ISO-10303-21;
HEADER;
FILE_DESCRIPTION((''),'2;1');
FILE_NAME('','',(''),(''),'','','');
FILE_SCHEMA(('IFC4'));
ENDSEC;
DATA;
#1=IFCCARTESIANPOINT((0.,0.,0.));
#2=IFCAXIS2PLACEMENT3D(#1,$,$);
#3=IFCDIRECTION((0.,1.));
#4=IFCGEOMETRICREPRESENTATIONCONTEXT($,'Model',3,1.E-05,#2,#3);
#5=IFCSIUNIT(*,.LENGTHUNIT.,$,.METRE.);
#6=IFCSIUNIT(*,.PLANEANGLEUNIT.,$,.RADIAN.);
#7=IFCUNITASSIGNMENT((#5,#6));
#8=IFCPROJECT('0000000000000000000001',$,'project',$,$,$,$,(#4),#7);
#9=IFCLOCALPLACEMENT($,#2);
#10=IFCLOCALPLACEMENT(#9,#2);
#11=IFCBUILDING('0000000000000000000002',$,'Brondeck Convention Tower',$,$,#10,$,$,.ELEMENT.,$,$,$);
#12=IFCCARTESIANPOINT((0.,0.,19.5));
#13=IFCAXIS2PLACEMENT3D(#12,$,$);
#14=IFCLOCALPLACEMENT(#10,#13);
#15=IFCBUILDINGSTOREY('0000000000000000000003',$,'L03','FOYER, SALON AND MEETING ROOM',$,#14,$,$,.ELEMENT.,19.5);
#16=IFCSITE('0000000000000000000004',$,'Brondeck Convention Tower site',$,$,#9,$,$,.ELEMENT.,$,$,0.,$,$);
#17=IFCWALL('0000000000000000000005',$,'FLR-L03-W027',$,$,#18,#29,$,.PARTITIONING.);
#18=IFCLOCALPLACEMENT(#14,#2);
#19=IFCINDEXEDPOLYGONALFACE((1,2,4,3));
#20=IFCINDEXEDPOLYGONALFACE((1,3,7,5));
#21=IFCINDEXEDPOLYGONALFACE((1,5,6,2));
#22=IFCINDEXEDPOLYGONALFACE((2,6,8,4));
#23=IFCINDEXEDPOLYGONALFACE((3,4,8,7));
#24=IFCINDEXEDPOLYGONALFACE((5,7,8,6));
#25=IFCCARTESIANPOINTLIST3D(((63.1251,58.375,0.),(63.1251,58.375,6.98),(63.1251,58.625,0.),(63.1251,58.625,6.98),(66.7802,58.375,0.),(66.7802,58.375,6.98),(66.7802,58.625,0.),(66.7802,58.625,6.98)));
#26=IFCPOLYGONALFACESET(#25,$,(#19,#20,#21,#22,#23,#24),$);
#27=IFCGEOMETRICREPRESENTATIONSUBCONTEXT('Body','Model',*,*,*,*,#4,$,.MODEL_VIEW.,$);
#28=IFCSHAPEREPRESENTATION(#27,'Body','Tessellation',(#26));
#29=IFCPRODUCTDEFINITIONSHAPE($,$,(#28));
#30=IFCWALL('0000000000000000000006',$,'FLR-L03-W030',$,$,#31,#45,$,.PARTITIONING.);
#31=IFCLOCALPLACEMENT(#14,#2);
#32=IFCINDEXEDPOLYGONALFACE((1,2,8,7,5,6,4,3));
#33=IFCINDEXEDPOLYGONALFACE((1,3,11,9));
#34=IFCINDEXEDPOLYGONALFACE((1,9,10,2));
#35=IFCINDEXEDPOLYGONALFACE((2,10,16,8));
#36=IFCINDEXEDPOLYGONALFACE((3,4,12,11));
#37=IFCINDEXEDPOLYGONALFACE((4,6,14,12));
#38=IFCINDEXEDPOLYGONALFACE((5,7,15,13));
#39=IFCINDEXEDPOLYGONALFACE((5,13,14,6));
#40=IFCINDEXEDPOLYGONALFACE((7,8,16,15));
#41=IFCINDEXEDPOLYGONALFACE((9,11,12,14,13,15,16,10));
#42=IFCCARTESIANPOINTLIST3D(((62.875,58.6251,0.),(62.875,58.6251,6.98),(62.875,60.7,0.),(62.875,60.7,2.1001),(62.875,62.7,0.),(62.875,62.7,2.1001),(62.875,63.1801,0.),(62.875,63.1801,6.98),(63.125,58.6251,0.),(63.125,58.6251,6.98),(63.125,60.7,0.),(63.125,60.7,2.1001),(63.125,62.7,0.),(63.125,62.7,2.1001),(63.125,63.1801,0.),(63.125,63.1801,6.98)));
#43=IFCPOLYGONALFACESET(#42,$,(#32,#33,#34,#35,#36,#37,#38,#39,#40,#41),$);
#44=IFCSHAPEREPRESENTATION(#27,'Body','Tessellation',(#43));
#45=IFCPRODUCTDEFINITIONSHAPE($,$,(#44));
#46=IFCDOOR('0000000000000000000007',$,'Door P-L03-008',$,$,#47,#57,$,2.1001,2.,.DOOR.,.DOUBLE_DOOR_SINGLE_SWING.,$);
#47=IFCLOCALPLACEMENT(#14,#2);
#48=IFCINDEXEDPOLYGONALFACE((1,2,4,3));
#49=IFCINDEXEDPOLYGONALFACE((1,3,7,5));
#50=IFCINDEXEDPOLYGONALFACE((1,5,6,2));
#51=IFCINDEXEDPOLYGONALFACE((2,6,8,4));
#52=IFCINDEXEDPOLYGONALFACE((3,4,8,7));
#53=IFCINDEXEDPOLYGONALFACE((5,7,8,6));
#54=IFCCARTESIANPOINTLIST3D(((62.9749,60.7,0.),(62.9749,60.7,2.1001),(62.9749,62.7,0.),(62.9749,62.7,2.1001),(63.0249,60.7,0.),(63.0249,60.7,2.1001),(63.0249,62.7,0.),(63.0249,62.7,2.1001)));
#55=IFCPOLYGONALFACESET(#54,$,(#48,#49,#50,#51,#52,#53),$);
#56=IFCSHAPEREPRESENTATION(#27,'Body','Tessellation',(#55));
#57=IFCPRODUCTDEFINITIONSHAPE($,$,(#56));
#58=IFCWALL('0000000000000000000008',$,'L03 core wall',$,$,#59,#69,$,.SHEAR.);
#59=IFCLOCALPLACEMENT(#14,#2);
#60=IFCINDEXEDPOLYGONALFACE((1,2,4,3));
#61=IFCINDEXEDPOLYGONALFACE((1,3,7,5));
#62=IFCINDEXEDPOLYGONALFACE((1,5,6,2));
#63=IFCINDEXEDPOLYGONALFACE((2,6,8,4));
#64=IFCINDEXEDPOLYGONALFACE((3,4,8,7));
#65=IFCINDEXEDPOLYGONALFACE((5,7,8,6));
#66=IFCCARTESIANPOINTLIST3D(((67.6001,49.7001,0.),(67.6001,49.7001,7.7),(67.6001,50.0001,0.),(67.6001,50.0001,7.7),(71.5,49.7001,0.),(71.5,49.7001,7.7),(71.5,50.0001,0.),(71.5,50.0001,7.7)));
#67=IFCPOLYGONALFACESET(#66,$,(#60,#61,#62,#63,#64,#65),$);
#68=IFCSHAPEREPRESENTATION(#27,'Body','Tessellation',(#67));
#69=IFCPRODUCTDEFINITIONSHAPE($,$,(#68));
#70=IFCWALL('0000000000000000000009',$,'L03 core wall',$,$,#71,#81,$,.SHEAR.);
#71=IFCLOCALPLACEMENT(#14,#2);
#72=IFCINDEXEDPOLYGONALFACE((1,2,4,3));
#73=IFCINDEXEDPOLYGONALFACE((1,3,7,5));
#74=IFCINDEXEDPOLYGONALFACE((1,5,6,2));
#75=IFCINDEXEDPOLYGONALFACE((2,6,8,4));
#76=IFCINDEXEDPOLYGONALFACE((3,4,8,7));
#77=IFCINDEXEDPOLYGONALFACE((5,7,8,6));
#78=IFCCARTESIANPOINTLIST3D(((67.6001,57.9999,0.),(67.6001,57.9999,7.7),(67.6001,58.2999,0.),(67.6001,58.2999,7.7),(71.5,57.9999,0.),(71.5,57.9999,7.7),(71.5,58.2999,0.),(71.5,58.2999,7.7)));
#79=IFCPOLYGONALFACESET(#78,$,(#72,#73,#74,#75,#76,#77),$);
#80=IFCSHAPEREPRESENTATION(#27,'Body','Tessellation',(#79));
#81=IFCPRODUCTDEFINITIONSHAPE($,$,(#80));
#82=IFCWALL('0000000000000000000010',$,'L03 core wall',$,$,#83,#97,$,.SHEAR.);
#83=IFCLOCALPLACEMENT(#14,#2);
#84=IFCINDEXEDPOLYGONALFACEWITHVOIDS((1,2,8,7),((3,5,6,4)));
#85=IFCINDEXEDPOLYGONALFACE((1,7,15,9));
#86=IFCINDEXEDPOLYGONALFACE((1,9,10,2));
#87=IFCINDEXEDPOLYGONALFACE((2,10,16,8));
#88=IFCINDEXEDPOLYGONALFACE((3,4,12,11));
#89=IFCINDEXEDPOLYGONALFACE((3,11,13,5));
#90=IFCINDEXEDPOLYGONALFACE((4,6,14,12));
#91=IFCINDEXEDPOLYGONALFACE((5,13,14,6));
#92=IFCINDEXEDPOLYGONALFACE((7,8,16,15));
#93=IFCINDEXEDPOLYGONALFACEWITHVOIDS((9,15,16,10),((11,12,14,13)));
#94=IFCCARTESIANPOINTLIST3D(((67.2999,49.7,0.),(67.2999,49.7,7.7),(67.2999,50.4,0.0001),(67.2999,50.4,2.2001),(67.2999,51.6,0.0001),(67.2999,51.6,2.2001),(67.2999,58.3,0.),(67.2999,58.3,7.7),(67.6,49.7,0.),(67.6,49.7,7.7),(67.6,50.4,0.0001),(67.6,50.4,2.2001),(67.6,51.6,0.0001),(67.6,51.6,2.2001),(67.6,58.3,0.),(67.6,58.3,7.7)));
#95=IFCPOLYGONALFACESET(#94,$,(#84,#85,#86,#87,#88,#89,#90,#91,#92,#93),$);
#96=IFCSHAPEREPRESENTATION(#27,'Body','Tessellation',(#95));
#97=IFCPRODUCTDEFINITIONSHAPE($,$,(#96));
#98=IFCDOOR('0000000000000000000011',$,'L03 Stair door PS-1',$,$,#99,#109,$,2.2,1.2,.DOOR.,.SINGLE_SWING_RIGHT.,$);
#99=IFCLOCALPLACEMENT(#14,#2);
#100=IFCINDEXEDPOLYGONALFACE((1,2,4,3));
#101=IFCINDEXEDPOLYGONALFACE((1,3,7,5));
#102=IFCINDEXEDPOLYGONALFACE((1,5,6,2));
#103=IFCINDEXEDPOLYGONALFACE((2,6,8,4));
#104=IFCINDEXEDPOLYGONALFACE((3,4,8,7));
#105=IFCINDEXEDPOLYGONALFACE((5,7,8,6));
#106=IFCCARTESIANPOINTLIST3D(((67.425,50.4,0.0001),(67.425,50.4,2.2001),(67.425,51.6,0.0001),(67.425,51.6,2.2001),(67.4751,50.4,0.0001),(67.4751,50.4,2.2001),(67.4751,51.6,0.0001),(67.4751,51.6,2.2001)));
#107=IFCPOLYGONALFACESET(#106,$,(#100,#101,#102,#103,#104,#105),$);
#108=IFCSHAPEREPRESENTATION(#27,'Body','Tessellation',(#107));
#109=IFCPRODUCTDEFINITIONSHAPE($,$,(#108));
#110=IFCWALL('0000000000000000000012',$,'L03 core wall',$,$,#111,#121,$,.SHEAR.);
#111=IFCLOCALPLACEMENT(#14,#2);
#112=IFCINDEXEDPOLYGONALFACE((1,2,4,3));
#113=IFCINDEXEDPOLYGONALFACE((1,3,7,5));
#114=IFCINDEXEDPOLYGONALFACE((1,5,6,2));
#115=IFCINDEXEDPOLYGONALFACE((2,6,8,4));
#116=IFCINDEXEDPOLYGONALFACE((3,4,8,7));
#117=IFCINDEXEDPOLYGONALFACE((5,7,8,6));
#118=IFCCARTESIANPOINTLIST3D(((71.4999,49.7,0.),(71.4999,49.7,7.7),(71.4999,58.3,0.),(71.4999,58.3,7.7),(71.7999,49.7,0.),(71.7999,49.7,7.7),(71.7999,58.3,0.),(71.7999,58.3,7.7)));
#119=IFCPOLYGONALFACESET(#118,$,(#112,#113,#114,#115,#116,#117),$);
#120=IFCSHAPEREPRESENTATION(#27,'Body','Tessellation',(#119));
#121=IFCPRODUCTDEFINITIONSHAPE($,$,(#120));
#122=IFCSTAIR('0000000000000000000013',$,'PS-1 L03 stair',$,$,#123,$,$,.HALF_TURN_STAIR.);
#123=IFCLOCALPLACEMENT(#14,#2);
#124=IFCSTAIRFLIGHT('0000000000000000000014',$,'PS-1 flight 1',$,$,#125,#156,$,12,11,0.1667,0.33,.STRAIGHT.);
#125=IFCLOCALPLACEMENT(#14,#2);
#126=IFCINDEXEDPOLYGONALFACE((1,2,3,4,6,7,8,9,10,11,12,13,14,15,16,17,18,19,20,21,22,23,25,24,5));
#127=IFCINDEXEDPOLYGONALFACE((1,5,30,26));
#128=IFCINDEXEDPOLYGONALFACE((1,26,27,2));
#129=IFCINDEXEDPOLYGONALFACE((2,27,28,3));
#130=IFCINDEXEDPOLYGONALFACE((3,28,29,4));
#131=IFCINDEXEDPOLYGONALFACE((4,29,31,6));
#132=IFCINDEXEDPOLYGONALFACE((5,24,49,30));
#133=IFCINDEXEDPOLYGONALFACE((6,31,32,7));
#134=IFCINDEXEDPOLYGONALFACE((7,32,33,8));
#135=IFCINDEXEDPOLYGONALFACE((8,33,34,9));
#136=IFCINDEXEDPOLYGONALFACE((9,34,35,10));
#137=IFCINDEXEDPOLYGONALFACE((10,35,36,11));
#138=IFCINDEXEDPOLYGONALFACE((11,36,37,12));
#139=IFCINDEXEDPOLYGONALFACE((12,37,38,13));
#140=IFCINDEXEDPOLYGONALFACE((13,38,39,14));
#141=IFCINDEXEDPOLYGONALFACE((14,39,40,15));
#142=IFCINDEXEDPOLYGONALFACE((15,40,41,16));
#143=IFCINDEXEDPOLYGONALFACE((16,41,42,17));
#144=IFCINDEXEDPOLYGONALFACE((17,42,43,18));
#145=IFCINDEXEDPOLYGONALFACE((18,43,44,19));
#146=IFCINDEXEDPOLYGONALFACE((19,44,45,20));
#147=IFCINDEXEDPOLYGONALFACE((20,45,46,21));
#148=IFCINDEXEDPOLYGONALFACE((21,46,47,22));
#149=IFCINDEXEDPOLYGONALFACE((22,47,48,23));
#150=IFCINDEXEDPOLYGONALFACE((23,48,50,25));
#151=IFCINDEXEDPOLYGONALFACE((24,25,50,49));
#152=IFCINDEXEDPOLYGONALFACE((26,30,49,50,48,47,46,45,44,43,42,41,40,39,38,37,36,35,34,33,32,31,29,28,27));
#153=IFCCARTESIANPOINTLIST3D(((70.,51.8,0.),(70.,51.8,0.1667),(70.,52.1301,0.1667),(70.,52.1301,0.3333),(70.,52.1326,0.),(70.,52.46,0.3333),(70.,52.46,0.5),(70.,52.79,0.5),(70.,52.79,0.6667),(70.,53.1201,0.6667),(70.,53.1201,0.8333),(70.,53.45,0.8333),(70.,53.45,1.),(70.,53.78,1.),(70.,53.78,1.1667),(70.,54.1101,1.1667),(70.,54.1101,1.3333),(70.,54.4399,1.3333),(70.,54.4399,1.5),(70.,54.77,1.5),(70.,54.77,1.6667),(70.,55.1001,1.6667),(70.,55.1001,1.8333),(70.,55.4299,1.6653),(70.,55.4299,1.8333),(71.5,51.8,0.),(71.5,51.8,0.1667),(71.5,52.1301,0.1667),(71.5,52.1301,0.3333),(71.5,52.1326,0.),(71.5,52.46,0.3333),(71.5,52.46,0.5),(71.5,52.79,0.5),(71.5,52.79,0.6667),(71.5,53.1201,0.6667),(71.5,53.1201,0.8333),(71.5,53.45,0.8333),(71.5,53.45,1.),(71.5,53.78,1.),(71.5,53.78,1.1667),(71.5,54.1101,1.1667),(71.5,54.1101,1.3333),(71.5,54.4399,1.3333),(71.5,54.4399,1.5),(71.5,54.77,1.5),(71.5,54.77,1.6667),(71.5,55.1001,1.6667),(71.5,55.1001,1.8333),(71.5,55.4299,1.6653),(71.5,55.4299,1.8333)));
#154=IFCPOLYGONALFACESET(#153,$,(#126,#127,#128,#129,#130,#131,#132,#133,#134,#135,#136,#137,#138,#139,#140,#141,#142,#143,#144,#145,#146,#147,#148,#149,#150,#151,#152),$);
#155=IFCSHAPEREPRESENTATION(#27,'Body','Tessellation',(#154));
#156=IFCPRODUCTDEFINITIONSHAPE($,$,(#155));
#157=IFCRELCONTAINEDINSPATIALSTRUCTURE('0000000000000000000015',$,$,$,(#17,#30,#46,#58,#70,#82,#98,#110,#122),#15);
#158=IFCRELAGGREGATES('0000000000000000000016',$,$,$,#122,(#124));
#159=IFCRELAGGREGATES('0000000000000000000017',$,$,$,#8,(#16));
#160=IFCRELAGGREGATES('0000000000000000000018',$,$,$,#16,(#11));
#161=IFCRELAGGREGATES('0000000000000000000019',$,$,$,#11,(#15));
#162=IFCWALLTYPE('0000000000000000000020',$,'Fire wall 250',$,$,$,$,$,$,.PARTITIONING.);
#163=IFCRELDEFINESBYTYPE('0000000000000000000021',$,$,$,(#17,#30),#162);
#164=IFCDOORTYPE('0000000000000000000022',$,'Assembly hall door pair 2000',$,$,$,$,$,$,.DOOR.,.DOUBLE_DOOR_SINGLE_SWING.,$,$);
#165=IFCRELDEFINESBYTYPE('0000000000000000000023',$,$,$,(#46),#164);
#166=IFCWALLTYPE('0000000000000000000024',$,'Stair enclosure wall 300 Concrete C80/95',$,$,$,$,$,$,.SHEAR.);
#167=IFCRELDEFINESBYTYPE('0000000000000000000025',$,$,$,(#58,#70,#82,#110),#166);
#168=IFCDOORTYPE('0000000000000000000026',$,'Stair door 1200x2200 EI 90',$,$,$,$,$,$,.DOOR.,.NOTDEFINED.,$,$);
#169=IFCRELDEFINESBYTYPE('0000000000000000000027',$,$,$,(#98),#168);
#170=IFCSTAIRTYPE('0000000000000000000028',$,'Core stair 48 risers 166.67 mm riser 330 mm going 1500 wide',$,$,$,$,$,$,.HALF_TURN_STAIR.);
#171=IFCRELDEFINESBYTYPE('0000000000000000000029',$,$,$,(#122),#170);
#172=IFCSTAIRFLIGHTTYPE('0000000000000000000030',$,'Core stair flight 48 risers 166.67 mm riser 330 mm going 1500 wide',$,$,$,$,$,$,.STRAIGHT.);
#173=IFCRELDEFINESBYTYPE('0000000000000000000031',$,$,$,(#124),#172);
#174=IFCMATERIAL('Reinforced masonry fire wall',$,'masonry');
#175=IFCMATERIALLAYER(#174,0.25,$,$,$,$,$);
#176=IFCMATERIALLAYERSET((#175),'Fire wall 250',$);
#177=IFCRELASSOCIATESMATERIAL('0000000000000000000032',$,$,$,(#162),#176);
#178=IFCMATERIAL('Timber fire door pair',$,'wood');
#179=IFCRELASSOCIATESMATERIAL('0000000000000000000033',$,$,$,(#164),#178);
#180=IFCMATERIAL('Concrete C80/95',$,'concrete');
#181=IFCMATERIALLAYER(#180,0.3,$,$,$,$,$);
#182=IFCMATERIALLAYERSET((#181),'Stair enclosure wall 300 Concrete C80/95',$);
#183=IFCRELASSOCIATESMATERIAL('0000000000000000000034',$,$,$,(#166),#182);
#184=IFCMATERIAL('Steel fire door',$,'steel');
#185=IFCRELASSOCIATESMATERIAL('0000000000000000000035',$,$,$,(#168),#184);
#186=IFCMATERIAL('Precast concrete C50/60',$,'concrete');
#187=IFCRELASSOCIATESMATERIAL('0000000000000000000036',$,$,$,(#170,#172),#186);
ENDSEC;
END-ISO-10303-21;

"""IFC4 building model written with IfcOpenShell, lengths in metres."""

from ifc_helpers import new_model, si_unit, direction, frame, frame_2d, origin, place, context, subcontext, project, spatial, polyline, rectangle, outline, extrude, material, layer, layer_set, type_object, element, fill, aggregate, save


model = new_model("IFC4")

# Units and contexts
model_context = context("Model", 3, precision=1e-05, world=origin(), true_north=direction((0.0, 1.0)))
body_context = subcontext(model_context, "Body", "Model", "MODEL_VIEW")
ifc_project = project(units=[si_unit("LENGTHUNIT", "METRE"), si_unit("PLANEANGLEUNIT", "RADIAN")], contexts=[model_context])

# Site, building, storey
site_placement = place(None, origin())
site = spatial("IfcSite", under=ifc_project, at=site_placement, Name="Brondeck Convention Tower site", CompositionType="ELEMENT", RefElevation=0.0)
building_placement = place(site_placement, origin())
building = spatial("IfcBuilding", under=site, at=building_placement, Name="Brondeck Convention Tower", CompositionType="ELEMENT")
storey_placement = place(building_placement, frame((0.0, 0.0, 19.5)))
storey = spatial("IfcBuildingStorey", under=building, at=storey_placement, Name="L03", Description="FOYER, SALON AND MEETING ROOM", CompositionType="ELEMENT", Elevation=19.5)

# Shared definitions
ifc_material_1 = material(Name="Concrete C80/95", Category="concrete")

# Shared definitions
ifc_material_2 = material(Name="Reinforced masonry fire wall", Category="masonry")
ifc_layer_1 = layer(ifc_material_2, 0.25)
ifc_layer_set_1 = layer_set([ifc_layer_1], Name="Fire wall 250")
wall_type_1 = type_object("IfcWallType", Name="Fire wall 250", PredefinedType="PARTITIONING", material=ifc_layer_set_1)
ifc_material_3 = material(Name="Timber fire door pair", Category="wood")
door_type_1 = type_object("IfcDoorType", Name="Assembly hall door pair 2000", OperationType="DOUBLE_DOOR_SINGLE_SWING", PredefinedType="DOOR", material=ifc_material_3)

# Wall
wall_1_placement = place(storey_placement, frame((63.125, 58.5, 0.0), z_axis=(0.0, 0.0, 1.0), x_axis=(1.0, 0.0, 0.0)))
element("IfcWall", 1, at=wall_1_placement, inside=storey, type_object=wall_type_1, Name="FLR-L03-W027", PredefinedType="PARTITIONING", context=body_context, shape_type="SweptSolid", body=[
    extrude(rectangle(XDim=3.655, YDim=0.25, at=frame_2d((1.8276, 0.0))), origin(), (0.0, 0.0, 1.0), 6.98),
])

# Wall, opening, door
wall_2_placement = place(storey_placement, frame((63.0, 63.1799, 0.0), z_axis=(0.0, 0.0, 1.0), x_axis=(0.0, -1.0, 0.0)))
wall_2 = element("IfcWall", 2, at=wall_2_placement, inside=storey, type_object=wall_type_1, Name="FLR-L03-W030", PredefinedType="PARTITIONING", context=body_context, shape_type="SweptSolid", body=[
    extrude(rectangle(XDim=4.5549, YDim=0.25, at=frame_2d((2.2773, 0.0))), origin(), (0.0, 0.0, 1.0), 6.98),
])
opening_1_placement = place(wall_2_placement, frame((0.48, 0.0, 0.0)))
opening_1 = element("IfcOpeningElement", 3, at=opening_1_placement, cuts=wall_2, PredefinedType="OPENING", context=body_context, shape_type="SweptSolid", body=[
    extrude(rectangle(XDim=2.0, YDim=2.1001, at=frame_2d((1.0, 1.05))), frame((0.0, 0.135, 0.0), z_axis=(0.0, -1.0, 0.0), x_axis=(1.0, 0.0, 0.0)), (0.0, 0.0, 1.0), 0.27),
])
door_1_placement = place(opening_1_placement, origin())
door_1 = element("IfcDoor", 4, at=door_1_placement, inside=storey, type_object=door_type_1, Name="Door P-L03-008", OperationType="DOUBLE_DOOR_SINGLE_SWING", OverallHeight=2.1001, OverallWidth=2.0, PredefinedType="DOOR", context=body_context, shape_type="SweptSolid", body=[
    extrude(rectangle(XDim=2.0, YDim=2.1001, at=frame_2d((1.0, 1.05))), frame((0.0, 0.0249, 0.0), z_axis=(0.0, -1.0, 0.0), x_axis=(1.0, 0.0, 0.0)), (0.0, 0.0, 1.0), 0.05),
])
fill(opening_1, door_1)

# Walls
ifc_layer_2 = layer(ifc_material_1, 0.3)
ifc_layer_set_2 = layer_set([ifc_layer_2], Name="Stair enclosure wall 300 Concrete C80/95")
wall_type_2 = type_object("IfcWallType", Name="Stair enclosure wall 300 Concrete C80/95", PredefinedType="SHEAR", material=ifc_layer_set_2)
for number, where, z_axis, x_axis, name in (
    (5, (67.6001, 49.8501, 0.0), (0.0, 0.0, 1.0), (1.0, 0.0, 0.0), "L03 core wall"),
    (6, (67.6001, 58.1499, 0.0), (0.0, 0.0, 1.0), (1.0, 0.0, 0.0), "L03 core wall"),
):
    element("IfcWall", number, at=place(storey_placement, frame(where, z_axis=z_axis, x_axis=x_axis)), inside=storey, type_object=wall_type_2, Name=name, PredefinedType="SHEAR", context=body_context, shape_type="SweptSolid", body=[
        extrude(rectangle(XDim=3.8999, YDim=0.3, at=frame_2d((1.95, 0.0))), origin(), (0.0, 0.0, 1.0), 7.7),
    ])

# Wall, opening, door
wall_3_placement = place(storey_placement, frame((67.45, 49.7, 0.0), z_axis=(0.0, 0.0, 1.0), x_axis=(0.0, 1.0, 0.0)))
wall_3 = element("IfcWall", 7, at=wall_3_placement, inside=storey, type_object=wall_type_2, Name="L03 core wall", PredefinedType="SHEAR", context=body_context, shape_type="SweptSolid", body=[
    extrude(rectangle(XDim=8.6001, YDim=0.3, at=frame_2d((4.3, 0.0))), origin(), (0.0, 0.0, 1.0), 7.7),
])
opening_2_placement = place(wall_3_placement, frame((0.7, 0.0, 0.0)))
opening_2 = element("IfcOpeningElement", 8, at=opening_2_placement, cuts=wall_3, PredefinedType="OPENING", context=body_context, shape_type="SweptSolid", body=[
    extrude(rectangle(XDim=1.2, YDim=2.2, at=frame_2d((0.6001, 1.1001))), frame((0.0, 0.1599, 0.0), z_axis=(0.0, -1.0, 0.0), x_axis=(1.0, 0.0, 0.0)), (0.0, 0.0, 1.0), 0.3201),
])
ifc_material_4 = material(Name="Steel fire door", Category="steel")
door_type_2 = type_object("IfcDoorType", Name="Stair door 1200x2200 EI 90", OperationType="NOTDEFINED", PredefinedType="DOOR", material=ifc_material_4)
door_2_placement = place(opening_2_placement, origin())
door_2 = element("IfcDoor", 9, at=door_2_placement, inside=storey, type_object=door_type_2, Name="L03 Stair door PS-1", OperationType="SINGLE_SWING_RIGHT", OverallHeight=2.2, OverallWidth=1.2, PredefinedType="DOOR", context=body_context, shape_type="SweptSolid", body=[
    extrude(rectangle(XDim=1.2, YDim=2.2, at=frame_2d((0.6001, 1.1001))), frame((0.0, 0.0249, 0.0), z_axis=(0.0, -1.0, 0.0), x_axis=(1.0, 0.0, 0.0)), (0.0, 0.0, 1.0), 0.05),
])
fill(opening_2, door_2)

# Wall
wall_4_placement = place(storey_placement, frame((71.6499, 49.7, 0.0), z_axis=(0.0, 0.0, 1.0), x_axis=(0.0, 1.0, 0.0)))
element("IfcWall", 10, at=wall_4_placement, inside=storey, type_object=wall_type_2, Name="L03 core wall", PredefinedType="SHEAR", context=body_context, shape_type="SweptSolid", body=[
    extrude(rectangle(XDim=8.6001, YDim=0.3, at=frame_2d((4.3, 0.0))), origin(), (0.0, 0.0, 1.0), 7.7),
])

# Stair, stair flight
ifc_material_5 = material(Name="Precast concrete C50/60", Category="concrete")
stair_type = type_object("IfcStairType", Name="Core stair 48 risers 166.67 mm riser 330 mm going 1500 wide", PredefinedType="HALF_TURN_STAIR", material=ifc_material_5)
stair_placement = place(storey_placement, origin())
stair = element("IfcStair", 11, at=stair_placement, inside=storey, type_object=stair_type, Name="PS-1 L03 stair", PredefinedType="HALF_TURN_STAIR")
stair_flight_type = type_object("IfcStairFlightType", Name="Core stair flight 48 risers 166.67 mm riser 330 mm going 1500 wide", PredefinedType="STRAIGHT", material=ifc_material_5)
stair_flight_1_placement = place(storey_placement, frame((70.75, 51.8, 0.0), z_axis=(0.0, 0.0, 1.0), x_axis=(0.0, 1.0, 0.0)))
stair_flight_1 = element("IfcStairFlight", 12, at=stair_flight_1_placement, type_object=stair_flight_type, Name="PS-1 flight 1", NumberOfRisers=12, NumberOfTreads=11, PredefinedType="STRAIGHT", RiserHeight=0.1667, TreadLength=0.33, context=body_context, shape_type="SweptSolid", body=[
    extrude(outline(polyline([(0.0, 0.0), (0.0, 0.1667), (0.3301, 0.1667), (0.3301, 0.3333), (0.6599, 0.3333), (0.6599, 0.5), (0.99, 0.5), (0.99, 0.6667), (1.3201, 0.6667), (1.3201, 0.8333), (1.6499, 0.8333), (1.6499, 1.0), (1.98, 1.0), (1.98, 1.1667), (2.3101, 1.1667), (2.3101, 1.3333), (2.6399, 1.3333), (2.6399, 1.5), (2.97, 1.5), (2.97, 1.6667), (3.3, 1.6667), (3.3, 1.8333), (3.6299, 1.8333), (3.6299, 2.0), (3.6299, 1.6653), (0.3325, 0.0), (0.0, 0.0)])), frame((0.0, 0.75, 0.0), z_axis=(0.0, -1.0, 0.0), x_axis=(1.0, 0.0, 0.0)), (0.0, 0.0, 1.0), 1.5),
])
aggregate(stair, [stair_flight_1])

save(model, "model.ifc")
